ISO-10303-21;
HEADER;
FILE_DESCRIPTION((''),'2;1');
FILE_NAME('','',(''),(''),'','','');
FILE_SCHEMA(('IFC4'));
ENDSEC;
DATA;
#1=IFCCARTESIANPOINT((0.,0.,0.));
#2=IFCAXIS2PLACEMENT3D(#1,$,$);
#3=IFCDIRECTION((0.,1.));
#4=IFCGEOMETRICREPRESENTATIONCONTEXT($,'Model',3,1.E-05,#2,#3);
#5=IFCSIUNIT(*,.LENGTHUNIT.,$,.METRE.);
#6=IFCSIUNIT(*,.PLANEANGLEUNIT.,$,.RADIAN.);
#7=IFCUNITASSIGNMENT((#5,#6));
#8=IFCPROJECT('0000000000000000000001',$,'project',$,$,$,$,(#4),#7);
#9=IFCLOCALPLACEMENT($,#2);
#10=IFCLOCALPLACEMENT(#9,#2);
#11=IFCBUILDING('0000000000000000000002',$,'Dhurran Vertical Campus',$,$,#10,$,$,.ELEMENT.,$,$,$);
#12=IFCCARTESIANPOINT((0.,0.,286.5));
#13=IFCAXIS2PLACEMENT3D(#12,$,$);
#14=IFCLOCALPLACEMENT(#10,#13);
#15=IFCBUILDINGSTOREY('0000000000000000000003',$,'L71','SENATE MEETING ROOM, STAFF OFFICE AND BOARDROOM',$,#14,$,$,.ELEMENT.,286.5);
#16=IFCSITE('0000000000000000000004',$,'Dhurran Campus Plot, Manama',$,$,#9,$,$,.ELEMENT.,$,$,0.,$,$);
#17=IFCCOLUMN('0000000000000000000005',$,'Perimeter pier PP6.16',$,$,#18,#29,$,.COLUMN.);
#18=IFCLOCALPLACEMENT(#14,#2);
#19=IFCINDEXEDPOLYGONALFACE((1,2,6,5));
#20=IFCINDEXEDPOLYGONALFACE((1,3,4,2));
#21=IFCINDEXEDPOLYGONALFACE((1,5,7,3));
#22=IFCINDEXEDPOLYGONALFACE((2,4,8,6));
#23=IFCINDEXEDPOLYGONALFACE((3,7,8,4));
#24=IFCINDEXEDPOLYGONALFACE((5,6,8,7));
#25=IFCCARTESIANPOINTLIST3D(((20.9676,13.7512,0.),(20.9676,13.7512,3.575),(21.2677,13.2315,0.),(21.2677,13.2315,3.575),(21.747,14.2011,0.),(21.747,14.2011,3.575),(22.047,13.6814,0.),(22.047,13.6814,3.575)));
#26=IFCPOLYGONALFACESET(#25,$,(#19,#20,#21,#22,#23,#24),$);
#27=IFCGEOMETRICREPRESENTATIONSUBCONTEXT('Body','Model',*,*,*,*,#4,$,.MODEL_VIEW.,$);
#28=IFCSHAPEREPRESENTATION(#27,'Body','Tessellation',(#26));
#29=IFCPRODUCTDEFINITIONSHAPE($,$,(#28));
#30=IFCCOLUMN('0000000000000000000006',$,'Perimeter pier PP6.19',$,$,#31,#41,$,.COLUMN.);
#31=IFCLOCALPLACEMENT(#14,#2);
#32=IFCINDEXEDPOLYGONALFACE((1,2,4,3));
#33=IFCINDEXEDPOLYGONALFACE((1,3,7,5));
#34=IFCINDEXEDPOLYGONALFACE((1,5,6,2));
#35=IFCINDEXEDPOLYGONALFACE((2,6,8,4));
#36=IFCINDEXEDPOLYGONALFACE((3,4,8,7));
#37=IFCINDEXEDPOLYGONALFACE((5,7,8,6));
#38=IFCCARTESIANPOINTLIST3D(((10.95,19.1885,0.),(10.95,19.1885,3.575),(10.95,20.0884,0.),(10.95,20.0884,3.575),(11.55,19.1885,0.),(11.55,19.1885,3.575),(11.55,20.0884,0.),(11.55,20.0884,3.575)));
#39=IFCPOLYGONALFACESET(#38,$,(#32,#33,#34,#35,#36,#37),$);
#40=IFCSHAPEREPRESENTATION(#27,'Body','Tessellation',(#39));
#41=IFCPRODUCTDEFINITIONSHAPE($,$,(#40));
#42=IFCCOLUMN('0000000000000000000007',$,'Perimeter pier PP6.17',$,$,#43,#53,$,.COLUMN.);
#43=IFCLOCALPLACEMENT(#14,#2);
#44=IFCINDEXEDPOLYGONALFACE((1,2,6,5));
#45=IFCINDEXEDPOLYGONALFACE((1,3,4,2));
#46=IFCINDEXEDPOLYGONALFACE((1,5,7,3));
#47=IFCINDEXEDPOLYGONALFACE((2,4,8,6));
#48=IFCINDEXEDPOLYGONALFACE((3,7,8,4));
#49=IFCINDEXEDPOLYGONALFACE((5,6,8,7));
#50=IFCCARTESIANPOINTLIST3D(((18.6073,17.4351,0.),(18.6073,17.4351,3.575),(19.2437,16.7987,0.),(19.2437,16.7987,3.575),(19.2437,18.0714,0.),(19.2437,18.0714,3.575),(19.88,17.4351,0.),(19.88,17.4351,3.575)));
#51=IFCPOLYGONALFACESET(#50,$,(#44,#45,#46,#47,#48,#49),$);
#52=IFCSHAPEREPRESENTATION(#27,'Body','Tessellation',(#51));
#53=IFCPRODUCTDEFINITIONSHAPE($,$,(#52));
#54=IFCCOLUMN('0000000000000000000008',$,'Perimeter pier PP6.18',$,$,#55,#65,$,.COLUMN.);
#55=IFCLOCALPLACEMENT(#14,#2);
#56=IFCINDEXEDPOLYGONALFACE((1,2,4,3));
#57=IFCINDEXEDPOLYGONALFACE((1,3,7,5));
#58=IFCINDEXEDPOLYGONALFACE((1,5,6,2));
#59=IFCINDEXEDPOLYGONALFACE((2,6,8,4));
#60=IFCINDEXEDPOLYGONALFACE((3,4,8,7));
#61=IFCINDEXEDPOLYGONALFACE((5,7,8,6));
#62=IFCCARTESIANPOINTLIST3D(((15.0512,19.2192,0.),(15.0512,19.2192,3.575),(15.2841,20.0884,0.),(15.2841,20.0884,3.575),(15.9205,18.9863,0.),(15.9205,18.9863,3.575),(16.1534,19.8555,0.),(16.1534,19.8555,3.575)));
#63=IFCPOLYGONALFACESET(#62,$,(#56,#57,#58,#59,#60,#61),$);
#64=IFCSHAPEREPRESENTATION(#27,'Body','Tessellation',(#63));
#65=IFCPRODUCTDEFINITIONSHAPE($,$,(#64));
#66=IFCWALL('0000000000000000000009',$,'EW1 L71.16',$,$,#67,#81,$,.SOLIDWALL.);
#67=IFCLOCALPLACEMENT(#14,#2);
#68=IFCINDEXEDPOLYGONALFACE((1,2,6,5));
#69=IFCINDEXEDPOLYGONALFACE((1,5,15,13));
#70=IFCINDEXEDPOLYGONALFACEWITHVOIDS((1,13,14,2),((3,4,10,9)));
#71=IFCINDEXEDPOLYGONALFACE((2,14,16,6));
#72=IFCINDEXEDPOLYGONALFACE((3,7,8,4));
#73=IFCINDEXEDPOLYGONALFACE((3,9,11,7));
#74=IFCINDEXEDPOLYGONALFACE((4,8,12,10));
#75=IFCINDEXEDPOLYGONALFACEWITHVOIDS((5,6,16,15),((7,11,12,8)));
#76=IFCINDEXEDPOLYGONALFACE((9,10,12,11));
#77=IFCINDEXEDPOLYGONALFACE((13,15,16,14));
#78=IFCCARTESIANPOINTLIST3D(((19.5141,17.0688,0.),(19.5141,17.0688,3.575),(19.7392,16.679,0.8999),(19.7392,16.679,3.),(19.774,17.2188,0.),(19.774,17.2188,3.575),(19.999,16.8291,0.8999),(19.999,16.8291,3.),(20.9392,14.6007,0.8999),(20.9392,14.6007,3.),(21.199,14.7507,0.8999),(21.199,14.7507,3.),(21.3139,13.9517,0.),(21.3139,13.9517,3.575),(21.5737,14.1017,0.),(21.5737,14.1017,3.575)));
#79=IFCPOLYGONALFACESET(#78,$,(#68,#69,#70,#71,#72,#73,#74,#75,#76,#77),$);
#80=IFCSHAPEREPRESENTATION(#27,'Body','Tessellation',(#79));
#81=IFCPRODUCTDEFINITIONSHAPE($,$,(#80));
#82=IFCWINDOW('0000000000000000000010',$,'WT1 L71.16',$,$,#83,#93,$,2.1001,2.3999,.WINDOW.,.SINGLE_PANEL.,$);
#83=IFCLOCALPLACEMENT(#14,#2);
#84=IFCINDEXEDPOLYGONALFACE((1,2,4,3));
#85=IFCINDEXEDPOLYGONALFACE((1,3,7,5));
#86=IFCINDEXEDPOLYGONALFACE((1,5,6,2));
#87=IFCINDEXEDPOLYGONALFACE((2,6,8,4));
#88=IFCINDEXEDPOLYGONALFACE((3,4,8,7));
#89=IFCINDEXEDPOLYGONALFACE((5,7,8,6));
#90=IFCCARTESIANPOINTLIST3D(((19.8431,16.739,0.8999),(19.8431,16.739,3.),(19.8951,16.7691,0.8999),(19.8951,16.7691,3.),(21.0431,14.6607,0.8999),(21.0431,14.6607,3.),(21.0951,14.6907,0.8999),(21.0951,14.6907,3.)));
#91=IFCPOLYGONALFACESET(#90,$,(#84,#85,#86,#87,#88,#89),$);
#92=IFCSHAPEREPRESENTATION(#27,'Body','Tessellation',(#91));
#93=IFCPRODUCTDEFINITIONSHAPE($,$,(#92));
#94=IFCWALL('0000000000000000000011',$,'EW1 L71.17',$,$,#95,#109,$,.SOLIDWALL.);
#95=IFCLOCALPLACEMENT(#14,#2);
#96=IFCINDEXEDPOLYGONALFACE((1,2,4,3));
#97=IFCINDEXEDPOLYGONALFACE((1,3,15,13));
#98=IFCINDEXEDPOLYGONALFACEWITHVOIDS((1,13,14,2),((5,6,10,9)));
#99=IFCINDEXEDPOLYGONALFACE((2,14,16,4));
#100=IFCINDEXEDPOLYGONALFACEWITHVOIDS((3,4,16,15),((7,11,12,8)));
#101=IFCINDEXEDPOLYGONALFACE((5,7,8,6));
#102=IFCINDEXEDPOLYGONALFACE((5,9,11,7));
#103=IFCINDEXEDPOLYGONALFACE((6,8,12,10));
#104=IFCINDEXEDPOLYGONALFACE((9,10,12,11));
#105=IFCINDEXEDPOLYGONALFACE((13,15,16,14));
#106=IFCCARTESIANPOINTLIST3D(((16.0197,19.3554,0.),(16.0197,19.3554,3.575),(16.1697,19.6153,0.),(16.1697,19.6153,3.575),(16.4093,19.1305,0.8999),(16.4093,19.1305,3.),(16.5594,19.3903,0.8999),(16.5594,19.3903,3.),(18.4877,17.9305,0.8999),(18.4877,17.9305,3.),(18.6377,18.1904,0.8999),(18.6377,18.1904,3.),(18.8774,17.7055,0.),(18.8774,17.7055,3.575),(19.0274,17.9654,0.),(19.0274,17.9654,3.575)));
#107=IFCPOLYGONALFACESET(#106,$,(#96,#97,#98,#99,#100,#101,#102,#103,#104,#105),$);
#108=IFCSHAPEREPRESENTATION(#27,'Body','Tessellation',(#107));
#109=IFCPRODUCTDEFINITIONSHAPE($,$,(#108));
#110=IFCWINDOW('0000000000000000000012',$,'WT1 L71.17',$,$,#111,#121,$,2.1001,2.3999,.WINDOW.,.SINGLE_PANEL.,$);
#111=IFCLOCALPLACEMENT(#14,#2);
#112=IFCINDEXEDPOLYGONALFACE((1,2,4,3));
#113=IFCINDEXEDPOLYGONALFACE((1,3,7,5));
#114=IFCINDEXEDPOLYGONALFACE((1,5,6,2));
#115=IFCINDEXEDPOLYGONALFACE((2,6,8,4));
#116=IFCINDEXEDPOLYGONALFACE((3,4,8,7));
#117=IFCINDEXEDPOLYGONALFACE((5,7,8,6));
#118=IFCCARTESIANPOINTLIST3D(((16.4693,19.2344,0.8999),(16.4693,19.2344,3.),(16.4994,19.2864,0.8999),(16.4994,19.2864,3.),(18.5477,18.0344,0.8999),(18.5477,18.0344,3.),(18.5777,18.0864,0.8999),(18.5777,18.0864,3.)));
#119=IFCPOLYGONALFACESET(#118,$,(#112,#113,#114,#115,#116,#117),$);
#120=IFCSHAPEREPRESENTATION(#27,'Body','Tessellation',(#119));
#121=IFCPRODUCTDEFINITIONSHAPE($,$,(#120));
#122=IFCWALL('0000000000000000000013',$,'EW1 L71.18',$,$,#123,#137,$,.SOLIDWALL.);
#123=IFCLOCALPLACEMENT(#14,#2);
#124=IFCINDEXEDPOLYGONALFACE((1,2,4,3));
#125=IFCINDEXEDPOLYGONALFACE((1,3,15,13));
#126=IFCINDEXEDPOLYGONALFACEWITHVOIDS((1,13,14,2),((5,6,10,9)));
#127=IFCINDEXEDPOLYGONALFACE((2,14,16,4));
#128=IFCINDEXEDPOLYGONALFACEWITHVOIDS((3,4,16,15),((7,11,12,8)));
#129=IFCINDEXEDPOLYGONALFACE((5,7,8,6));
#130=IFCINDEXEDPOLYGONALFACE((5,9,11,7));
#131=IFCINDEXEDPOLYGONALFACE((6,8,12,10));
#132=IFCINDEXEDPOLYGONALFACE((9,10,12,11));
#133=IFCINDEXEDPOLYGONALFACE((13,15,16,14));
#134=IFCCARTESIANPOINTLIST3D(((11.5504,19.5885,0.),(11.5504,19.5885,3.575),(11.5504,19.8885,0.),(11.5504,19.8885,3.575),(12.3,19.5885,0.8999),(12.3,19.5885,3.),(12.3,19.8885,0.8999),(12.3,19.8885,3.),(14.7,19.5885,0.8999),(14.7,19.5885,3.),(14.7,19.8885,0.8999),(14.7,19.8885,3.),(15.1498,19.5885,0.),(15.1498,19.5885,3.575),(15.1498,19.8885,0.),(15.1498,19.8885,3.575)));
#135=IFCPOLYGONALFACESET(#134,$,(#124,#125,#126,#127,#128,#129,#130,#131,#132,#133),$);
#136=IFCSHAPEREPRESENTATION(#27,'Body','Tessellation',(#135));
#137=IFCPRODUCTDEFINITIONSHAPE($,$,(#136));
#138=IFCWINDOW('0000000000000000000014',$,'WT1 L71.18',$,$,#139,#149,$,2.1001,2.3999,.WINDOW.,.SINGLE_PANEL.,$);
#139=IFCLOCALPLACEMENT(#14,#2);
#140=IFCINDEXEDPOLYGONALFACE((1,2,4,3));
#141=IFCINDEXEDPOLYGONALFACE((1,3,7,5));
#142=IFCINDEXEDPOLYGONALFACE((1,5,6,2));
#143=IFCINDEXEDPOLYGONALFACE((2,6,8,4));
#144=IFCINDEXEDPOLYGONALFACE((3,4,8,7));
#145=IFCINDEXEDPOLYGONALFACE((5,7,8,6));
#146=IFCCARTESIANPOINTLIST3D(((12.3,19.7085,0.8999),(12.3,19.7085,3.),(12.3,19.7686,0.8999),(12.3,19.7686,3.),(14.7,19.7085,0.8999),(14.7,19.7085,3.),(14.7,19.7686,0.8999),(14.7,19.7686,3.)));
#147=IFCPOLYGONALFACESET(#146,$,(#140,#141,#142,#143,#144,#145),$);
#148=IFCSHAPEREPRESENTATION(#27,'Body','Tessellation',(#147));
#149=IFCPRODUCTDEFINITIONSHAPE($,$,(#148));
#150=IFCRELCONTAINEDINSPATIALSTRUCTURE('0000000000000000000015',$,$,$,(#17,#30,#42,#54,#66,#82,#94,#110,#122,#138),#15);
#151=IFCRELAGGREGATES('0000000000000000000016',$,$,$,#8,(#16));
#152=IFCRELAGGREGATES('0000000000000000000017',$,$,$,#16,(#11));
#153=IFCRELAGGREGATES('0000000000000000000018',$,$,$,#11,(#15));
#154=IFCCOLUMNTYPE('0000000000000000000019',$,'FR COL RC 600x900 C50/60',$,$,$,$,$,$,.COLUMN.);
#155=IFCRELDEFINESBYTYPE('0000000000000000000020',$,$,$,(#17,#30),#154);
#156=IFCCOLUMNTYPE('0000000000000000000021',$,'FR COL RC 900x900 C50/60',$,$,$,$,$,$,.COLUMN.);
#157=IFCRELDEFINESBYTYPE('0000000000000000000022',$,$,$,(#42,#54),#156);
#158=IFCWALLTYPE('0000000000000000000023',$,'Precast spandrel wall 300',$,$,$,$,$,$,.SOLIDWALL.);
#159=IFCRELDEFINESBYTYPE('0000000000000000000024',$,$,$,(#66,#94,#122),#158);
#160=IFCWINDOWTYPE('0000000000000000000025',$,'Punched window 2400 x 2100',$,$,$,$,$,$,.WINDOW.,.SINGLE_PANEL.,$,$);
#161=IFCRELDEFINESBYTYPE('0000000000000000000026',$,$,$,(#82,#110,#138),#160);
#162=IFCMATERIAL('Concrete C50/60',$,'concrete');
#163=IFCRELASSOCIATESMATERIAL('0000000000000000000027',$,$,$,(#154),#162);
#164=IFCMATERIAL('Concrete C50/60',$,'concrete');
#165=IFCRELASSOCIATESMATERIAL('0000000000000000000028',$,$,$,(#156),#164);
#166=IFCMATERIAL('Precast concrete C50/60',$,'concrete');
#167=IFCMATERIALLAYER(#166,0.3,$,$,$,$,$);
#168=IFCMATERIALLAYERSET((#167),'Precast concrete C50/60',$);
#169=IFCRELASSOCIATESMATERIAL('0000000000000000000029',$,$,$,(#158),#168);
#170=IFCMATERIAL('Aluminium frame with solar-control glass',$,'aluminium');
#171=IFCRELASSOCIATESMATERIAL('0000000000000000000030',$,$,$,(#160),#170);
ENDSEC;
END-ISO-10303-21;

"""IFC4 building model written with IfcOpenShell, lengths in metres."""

from ifc_helpers import new_model, si_unit, direction, frame, frame_2d, origin, origin_2d, place, context, subcontext, project, spatial, rectangle, extrude, material, layer, layer_set, material_profile, profile_set, type_object, element, fill, save


model = new_model("IFC4")

# Units and contexts
model_context = context("Model", 3, precision=1e-05, world=origin(), true_north=direction((0.0, 1.0)))
body_context = subcontext(model_context, "Body", "Model", "MODEL_VIEW")
ifc_project = project(units=[si_unit("LENGTHUNIT", "METRE"), si_unit("PLANEANGLEUNIT", "RADIAN")], contexts=[model_context])

# Site, building, storey
site_placement = place(None, origin())
site = spatial("IfcSite", under=ifc_project, at=site_placement, Name="Dhurran Campus Plot, Manama", CompositionType="ELEMENT", RefElevation=0.0)
building_placement = place(site_placement, origin())
building = spatial("IfcBuilding", under=site, at=building_placement, Name="Dhurran Vertical Campus", CompositionType="ELEMENT")
storey_placement = place(building_placement, frame((0.0, 0.0, 286.5)))
storey = spatial("IfcBuildingStorey", under=building, at=storey_placement, Name="L71", Description="SENATE MEETING ROOM, STAFF OFFICE AND BOARDROOM", CompositionType="ELEMENT", Elevation=286.5)

# Columns
ifc_material_1 = material(Name="Concrete C50/60", Category="concrete")
ifc_material_profile_1 = material_profile(ifc_material_1, rectangle(XDim=0.6001, YDim=0.8999, at=origin_2d()), Name="RC 600x900")
ifc_profile_set_1 = profile_set([ifc_material_profile_1], Name="Concrete C50/60")
column_type_1 = type_object("IfcColumnType", Name="FR COL RC 600x900 C50/60", PredefinedType="COLUMN", material=ifc_profile_set_1)
for number, where, z_axis, x_axis, name in (
    (1, (21.5073, 13.7163, 0.0), (0.0, 0.0, 1.0), (-0.5, 0.866025, 0.0), "Perimeter pier PP6.16"),
    (2, (11.25, 19.6384, 0.0), (0.0, 0.0, 1.0), (-1.0, 0.0, 0.0), "Perimeter pier PP6.19"),
):
    element("IfcColumn", number, at=place(storey_placement, frame(where, z_axis=z_axis, x_axis=x_axis)), inside=storey, type_object=column_type_1, Name=name, PredefinedType="COLUMN", context=body_context, shape_type="SweptSolid", body=[
        extrude(rectangle(XDim=0.6001, YDim=0.8999, at=origin_2d()), origin(), (0.0, 0.0, 1.0), 3.575),
    ])
ifc_material_2 = material(Name="Concrete C50/60", Category="concrete")
ifc_material_profile_2 = material_profile(ifc_material_2, rectangle(XDim=0.8999, YDim=0.8999, at=origin_2d()), Name="RC 900x900")
ifc_profile_set_2 = profile_set([ifc_material_profile_2], Name="Concrete C50/60")
column_type_2 = type_object("IfcColumnType", Name="FR COL RC 900x900 C50/60", PredefinedType="COLUMN", material=ifc_profile_set_2)
for number, where, z_axis, x_axis, name in (
    (3, (19.2437, 17.4351, 0.0), (0.0, 0.0, 1.0), (-0.707107, 0.707107, 0.0), "Perimeter pier PP6.17"),
    (4, (15.6023, 19.5374, 0.0), (0.0, 0.0, 1.0), (-0.965926, 0.258819, 0.0), "Perimeter pier PP6.18"),
):
    element("IfcColumn", number, at=place(storey_placement, frame(where, z_axis=z_axis, x_axis=x_axis)), inside=storey, type_object=column_type_2, Name=name, PredefinedType="COLUMN", context=body_context, shape_type="SweptSolid", body=[
        extrude(rectangle(XDim=0.8999, YDim=0.8999, at=origin_2d()), origin(), (0.0, 0.0, 1.0), 3.575),
    ])

# Walls, openings, windows
ifc_material_3 = material(Name="Precast concrete C50/60", Category="concrete")
ifc_layer_1 = layer(ifc_material_3, 0.3)
ifc_layer_set_1 = layer_set([ifc_layer_1], Name="Precast concrete C50/60")
wall_type_1 = type_object("IfcWallType", Name="Precast spandrel wall 300", PredefinedType="SOLIDWALL", material=ifc_layer_set_1)
wall_1_placement = place(storey_placement, frame((21.4438, 14.0266, 0.0), z_axis=(0.0, 0.0, 1.0), x_axis=(-0.50002, 0.866014, 0.0)))
wall_1 = element("IfcWall", 5, at=wall_1_placement, inside=storey, type_object=wall_type_1, Name="EW1 L71.16", PredefinedType="SOLIDWALL", context=body_context, shape_type="SweptSolid", body=[
    extrude(rectangle(XDim=3.5994, YDim=0.3, at=frame_2d((1.7998, 0.0))), origin(), (0.0, 0.0, 1.0), 3.575),
])
opening_1_placement = place(wall_1_placement, frame((0.7495, 0.0, 0.8999)))
opening_1 = element("IfcOpeningElement", 6, at=opening_1_placement, cuts=wall_1, PredefinedType="OPENING", context=body_context, shape_type="SweptSolid", body=[
    extrude(rectangle(XDim=2.3999, YDim=2.1001, at=frame_2d((1.2, 1.05))), frame((0.0, 0.1599, 0.0), z_axis=(0.0, -1.0, 0.0), x_axis=(1.0, 0.0, 0.0)), (0.0, 0.0, 1.0), 0.3201),
])
ifc_material_4 = material(Name="Aluminium frame with solar-control glass", Category="aluminium")
window_type = type_object("IfcWindowType", Name="Punched window 2400 x 2100", PartitioningType="SINGLE_PANEL", PredefinedType="WINDOW", material=ifc_material_4)
window_1_placement = place(opening_1_placement, origin())
window_1 = element("IfcWindow", 7, at=window_1_placement, inside=storey, type_object=window_type, Name="WT1 L71.16", OverallHeight=2.1001, OverallWidth=2.3999, PartitioningType="SINGLE_PANEL", PredefinedType="WINDOW", context=body_context, shape_type="SweptSolid", body=[
    extrude(rectangle(XDim=2.3999, YDim=2.1001, at=frame_2d((1.2, 1.05))), frame((0.0, 0.03, 0.0), z_axis=(0.0, -1.0, 0.0), x_axis=(1.0, 0.0, 0.0)), (0.0, 0.0, 1.0), 0.0601),
])
fill(opening_1, window_1)
wall_2_placement = place(storey_placement, frame((18.9524, 17.8354, 0.0), z_axis=(0.0, 0.0, 1.0), x_axis=(-0.866022, 0.500006, 0.0)))
wall_2 = element("IfcWall", 8, at=wall_2_placement, inside=storey, type_object=wall_type_1, Name="EW1 L71.17", PredefinedType="SOLIDWALL", context=body_context, shape_type="SweptSolid", body=[
    extrude(rectangle(XDim=3.2998, YDim=0.3, at=frame_2d((1.6499, 0.0))), origin(), (0.0, 0.0, 1.0), 3.575),
])
opening_2_placement = place(wall_2_placement, frame((0.45, 0.0, 0.8999)))
opening_2 = element("IfcOpeningElement", 9, at=opening_2_placement, cuts=wall_2, PredefinedType="OPENING", context=body_context, shape_type="SweptSolid", body=[
    extrude(rectangle(XDim=2.3999, YDim=2.1001, at=frame_2d((1.2, 1.05))), frame((0.0, 0.1599, 0.0), z_axis=(0.0, -1.0, 0.0), x_axis=(1.0, 0.0, 0.0)), (0.0, 0.0, 1.0), 0.3201),
])
window_2_placement = place(opening_2_placement, origin())
window_2 = element("IfcWindow", 10, at=window_2_placement, inside=storey, type_object=window_type, Name="WT1 L71.17", OverallHeight=2.1001, OverallWidth=2.3999, PartitioningType="SINGLE_PANEL", PredefinedType="WINDOW", context=body_context, shape_type="SweptSolid", body=[
    extrude(rectangle(XDim=2.3999, YDim=2.1001, at=frame_2d((1.2, 1.05))), frame((0.0, 0.03, 0.0), z_axis=(0.0, -1.0, 0.0), x_axis=(1.0, 0.0, 0.0)), (0.0, 0.0, 1.0), 0.0601),
])
fill(opening_2, window_2)
wall_3_placement = place(storey_placement, frame((15.1499, 19.7385, 0.0), z_axis=(0.0, 0.0, 1.0), x_axis=(-1.0, 0.0, 0.0)))
wall_3 = element("IfcWall", 11, at=wall_3_placement, inside=storey, type_object=wall_type_1, Name="EW1 L71.18", PredefinedType="SOLIDWALL", context=body_context, shape_type="SweptSolid", body=[
    extrude(rectangle(XDim=3.5994, YDim=0.3, at=frame_2d((1.7998, 0.0))), origin(), (0.0, 0.0, 1.0), 3.575),
])
opening_3_placement = place(wall_3_placement, frame((0.45, 0.0, 0.8999)))
opening_3 = element("IfcOpeningElement", 12, at=opening_3_placement, cuts=wall_3, PredefinedType="OPENING", context=body_context, shape_type="SweptSolid", body=[
    extrude(rectangle(XDim=2.3999, YDim=2.1001, at=frame_2d((1.2, 1.05))), frame((0.0, 0.1599, 0.0), z_axis=(0.0, -1.0, 0.0), x_axis=(1.0, 0.0, 0.0)), (0.0, 0.0, 1.0), 0.3201),
])
window_3_placement = place(opening_3_placement, origin())
window_3 = element("IfcWindow", 13, at=window_3_placement, inside=storey, type_object=window_type, Name="WT1 L71.18", OverallHeight=2.1001, OverallWidth=2.3999, PartitioningType="SINGLE_PANEL", PredefinedType="WINDOW", context=body_context, shape_type="SweptSolid", body=[
    extrude(rectangle(XDim=2.3999, YDim=2.1001, at=frame_2d((1.2, 1.05))), frame((0.0, 0.03, 0.0), z_axis=(0.0, -1.0, 0.0), x_axis=(1.0, 0.0, 0.0)), (0.0, 0.0, 1.0), 0.0601),
])
fill(opening_3, window_3)

save(model, "model.ifc")
